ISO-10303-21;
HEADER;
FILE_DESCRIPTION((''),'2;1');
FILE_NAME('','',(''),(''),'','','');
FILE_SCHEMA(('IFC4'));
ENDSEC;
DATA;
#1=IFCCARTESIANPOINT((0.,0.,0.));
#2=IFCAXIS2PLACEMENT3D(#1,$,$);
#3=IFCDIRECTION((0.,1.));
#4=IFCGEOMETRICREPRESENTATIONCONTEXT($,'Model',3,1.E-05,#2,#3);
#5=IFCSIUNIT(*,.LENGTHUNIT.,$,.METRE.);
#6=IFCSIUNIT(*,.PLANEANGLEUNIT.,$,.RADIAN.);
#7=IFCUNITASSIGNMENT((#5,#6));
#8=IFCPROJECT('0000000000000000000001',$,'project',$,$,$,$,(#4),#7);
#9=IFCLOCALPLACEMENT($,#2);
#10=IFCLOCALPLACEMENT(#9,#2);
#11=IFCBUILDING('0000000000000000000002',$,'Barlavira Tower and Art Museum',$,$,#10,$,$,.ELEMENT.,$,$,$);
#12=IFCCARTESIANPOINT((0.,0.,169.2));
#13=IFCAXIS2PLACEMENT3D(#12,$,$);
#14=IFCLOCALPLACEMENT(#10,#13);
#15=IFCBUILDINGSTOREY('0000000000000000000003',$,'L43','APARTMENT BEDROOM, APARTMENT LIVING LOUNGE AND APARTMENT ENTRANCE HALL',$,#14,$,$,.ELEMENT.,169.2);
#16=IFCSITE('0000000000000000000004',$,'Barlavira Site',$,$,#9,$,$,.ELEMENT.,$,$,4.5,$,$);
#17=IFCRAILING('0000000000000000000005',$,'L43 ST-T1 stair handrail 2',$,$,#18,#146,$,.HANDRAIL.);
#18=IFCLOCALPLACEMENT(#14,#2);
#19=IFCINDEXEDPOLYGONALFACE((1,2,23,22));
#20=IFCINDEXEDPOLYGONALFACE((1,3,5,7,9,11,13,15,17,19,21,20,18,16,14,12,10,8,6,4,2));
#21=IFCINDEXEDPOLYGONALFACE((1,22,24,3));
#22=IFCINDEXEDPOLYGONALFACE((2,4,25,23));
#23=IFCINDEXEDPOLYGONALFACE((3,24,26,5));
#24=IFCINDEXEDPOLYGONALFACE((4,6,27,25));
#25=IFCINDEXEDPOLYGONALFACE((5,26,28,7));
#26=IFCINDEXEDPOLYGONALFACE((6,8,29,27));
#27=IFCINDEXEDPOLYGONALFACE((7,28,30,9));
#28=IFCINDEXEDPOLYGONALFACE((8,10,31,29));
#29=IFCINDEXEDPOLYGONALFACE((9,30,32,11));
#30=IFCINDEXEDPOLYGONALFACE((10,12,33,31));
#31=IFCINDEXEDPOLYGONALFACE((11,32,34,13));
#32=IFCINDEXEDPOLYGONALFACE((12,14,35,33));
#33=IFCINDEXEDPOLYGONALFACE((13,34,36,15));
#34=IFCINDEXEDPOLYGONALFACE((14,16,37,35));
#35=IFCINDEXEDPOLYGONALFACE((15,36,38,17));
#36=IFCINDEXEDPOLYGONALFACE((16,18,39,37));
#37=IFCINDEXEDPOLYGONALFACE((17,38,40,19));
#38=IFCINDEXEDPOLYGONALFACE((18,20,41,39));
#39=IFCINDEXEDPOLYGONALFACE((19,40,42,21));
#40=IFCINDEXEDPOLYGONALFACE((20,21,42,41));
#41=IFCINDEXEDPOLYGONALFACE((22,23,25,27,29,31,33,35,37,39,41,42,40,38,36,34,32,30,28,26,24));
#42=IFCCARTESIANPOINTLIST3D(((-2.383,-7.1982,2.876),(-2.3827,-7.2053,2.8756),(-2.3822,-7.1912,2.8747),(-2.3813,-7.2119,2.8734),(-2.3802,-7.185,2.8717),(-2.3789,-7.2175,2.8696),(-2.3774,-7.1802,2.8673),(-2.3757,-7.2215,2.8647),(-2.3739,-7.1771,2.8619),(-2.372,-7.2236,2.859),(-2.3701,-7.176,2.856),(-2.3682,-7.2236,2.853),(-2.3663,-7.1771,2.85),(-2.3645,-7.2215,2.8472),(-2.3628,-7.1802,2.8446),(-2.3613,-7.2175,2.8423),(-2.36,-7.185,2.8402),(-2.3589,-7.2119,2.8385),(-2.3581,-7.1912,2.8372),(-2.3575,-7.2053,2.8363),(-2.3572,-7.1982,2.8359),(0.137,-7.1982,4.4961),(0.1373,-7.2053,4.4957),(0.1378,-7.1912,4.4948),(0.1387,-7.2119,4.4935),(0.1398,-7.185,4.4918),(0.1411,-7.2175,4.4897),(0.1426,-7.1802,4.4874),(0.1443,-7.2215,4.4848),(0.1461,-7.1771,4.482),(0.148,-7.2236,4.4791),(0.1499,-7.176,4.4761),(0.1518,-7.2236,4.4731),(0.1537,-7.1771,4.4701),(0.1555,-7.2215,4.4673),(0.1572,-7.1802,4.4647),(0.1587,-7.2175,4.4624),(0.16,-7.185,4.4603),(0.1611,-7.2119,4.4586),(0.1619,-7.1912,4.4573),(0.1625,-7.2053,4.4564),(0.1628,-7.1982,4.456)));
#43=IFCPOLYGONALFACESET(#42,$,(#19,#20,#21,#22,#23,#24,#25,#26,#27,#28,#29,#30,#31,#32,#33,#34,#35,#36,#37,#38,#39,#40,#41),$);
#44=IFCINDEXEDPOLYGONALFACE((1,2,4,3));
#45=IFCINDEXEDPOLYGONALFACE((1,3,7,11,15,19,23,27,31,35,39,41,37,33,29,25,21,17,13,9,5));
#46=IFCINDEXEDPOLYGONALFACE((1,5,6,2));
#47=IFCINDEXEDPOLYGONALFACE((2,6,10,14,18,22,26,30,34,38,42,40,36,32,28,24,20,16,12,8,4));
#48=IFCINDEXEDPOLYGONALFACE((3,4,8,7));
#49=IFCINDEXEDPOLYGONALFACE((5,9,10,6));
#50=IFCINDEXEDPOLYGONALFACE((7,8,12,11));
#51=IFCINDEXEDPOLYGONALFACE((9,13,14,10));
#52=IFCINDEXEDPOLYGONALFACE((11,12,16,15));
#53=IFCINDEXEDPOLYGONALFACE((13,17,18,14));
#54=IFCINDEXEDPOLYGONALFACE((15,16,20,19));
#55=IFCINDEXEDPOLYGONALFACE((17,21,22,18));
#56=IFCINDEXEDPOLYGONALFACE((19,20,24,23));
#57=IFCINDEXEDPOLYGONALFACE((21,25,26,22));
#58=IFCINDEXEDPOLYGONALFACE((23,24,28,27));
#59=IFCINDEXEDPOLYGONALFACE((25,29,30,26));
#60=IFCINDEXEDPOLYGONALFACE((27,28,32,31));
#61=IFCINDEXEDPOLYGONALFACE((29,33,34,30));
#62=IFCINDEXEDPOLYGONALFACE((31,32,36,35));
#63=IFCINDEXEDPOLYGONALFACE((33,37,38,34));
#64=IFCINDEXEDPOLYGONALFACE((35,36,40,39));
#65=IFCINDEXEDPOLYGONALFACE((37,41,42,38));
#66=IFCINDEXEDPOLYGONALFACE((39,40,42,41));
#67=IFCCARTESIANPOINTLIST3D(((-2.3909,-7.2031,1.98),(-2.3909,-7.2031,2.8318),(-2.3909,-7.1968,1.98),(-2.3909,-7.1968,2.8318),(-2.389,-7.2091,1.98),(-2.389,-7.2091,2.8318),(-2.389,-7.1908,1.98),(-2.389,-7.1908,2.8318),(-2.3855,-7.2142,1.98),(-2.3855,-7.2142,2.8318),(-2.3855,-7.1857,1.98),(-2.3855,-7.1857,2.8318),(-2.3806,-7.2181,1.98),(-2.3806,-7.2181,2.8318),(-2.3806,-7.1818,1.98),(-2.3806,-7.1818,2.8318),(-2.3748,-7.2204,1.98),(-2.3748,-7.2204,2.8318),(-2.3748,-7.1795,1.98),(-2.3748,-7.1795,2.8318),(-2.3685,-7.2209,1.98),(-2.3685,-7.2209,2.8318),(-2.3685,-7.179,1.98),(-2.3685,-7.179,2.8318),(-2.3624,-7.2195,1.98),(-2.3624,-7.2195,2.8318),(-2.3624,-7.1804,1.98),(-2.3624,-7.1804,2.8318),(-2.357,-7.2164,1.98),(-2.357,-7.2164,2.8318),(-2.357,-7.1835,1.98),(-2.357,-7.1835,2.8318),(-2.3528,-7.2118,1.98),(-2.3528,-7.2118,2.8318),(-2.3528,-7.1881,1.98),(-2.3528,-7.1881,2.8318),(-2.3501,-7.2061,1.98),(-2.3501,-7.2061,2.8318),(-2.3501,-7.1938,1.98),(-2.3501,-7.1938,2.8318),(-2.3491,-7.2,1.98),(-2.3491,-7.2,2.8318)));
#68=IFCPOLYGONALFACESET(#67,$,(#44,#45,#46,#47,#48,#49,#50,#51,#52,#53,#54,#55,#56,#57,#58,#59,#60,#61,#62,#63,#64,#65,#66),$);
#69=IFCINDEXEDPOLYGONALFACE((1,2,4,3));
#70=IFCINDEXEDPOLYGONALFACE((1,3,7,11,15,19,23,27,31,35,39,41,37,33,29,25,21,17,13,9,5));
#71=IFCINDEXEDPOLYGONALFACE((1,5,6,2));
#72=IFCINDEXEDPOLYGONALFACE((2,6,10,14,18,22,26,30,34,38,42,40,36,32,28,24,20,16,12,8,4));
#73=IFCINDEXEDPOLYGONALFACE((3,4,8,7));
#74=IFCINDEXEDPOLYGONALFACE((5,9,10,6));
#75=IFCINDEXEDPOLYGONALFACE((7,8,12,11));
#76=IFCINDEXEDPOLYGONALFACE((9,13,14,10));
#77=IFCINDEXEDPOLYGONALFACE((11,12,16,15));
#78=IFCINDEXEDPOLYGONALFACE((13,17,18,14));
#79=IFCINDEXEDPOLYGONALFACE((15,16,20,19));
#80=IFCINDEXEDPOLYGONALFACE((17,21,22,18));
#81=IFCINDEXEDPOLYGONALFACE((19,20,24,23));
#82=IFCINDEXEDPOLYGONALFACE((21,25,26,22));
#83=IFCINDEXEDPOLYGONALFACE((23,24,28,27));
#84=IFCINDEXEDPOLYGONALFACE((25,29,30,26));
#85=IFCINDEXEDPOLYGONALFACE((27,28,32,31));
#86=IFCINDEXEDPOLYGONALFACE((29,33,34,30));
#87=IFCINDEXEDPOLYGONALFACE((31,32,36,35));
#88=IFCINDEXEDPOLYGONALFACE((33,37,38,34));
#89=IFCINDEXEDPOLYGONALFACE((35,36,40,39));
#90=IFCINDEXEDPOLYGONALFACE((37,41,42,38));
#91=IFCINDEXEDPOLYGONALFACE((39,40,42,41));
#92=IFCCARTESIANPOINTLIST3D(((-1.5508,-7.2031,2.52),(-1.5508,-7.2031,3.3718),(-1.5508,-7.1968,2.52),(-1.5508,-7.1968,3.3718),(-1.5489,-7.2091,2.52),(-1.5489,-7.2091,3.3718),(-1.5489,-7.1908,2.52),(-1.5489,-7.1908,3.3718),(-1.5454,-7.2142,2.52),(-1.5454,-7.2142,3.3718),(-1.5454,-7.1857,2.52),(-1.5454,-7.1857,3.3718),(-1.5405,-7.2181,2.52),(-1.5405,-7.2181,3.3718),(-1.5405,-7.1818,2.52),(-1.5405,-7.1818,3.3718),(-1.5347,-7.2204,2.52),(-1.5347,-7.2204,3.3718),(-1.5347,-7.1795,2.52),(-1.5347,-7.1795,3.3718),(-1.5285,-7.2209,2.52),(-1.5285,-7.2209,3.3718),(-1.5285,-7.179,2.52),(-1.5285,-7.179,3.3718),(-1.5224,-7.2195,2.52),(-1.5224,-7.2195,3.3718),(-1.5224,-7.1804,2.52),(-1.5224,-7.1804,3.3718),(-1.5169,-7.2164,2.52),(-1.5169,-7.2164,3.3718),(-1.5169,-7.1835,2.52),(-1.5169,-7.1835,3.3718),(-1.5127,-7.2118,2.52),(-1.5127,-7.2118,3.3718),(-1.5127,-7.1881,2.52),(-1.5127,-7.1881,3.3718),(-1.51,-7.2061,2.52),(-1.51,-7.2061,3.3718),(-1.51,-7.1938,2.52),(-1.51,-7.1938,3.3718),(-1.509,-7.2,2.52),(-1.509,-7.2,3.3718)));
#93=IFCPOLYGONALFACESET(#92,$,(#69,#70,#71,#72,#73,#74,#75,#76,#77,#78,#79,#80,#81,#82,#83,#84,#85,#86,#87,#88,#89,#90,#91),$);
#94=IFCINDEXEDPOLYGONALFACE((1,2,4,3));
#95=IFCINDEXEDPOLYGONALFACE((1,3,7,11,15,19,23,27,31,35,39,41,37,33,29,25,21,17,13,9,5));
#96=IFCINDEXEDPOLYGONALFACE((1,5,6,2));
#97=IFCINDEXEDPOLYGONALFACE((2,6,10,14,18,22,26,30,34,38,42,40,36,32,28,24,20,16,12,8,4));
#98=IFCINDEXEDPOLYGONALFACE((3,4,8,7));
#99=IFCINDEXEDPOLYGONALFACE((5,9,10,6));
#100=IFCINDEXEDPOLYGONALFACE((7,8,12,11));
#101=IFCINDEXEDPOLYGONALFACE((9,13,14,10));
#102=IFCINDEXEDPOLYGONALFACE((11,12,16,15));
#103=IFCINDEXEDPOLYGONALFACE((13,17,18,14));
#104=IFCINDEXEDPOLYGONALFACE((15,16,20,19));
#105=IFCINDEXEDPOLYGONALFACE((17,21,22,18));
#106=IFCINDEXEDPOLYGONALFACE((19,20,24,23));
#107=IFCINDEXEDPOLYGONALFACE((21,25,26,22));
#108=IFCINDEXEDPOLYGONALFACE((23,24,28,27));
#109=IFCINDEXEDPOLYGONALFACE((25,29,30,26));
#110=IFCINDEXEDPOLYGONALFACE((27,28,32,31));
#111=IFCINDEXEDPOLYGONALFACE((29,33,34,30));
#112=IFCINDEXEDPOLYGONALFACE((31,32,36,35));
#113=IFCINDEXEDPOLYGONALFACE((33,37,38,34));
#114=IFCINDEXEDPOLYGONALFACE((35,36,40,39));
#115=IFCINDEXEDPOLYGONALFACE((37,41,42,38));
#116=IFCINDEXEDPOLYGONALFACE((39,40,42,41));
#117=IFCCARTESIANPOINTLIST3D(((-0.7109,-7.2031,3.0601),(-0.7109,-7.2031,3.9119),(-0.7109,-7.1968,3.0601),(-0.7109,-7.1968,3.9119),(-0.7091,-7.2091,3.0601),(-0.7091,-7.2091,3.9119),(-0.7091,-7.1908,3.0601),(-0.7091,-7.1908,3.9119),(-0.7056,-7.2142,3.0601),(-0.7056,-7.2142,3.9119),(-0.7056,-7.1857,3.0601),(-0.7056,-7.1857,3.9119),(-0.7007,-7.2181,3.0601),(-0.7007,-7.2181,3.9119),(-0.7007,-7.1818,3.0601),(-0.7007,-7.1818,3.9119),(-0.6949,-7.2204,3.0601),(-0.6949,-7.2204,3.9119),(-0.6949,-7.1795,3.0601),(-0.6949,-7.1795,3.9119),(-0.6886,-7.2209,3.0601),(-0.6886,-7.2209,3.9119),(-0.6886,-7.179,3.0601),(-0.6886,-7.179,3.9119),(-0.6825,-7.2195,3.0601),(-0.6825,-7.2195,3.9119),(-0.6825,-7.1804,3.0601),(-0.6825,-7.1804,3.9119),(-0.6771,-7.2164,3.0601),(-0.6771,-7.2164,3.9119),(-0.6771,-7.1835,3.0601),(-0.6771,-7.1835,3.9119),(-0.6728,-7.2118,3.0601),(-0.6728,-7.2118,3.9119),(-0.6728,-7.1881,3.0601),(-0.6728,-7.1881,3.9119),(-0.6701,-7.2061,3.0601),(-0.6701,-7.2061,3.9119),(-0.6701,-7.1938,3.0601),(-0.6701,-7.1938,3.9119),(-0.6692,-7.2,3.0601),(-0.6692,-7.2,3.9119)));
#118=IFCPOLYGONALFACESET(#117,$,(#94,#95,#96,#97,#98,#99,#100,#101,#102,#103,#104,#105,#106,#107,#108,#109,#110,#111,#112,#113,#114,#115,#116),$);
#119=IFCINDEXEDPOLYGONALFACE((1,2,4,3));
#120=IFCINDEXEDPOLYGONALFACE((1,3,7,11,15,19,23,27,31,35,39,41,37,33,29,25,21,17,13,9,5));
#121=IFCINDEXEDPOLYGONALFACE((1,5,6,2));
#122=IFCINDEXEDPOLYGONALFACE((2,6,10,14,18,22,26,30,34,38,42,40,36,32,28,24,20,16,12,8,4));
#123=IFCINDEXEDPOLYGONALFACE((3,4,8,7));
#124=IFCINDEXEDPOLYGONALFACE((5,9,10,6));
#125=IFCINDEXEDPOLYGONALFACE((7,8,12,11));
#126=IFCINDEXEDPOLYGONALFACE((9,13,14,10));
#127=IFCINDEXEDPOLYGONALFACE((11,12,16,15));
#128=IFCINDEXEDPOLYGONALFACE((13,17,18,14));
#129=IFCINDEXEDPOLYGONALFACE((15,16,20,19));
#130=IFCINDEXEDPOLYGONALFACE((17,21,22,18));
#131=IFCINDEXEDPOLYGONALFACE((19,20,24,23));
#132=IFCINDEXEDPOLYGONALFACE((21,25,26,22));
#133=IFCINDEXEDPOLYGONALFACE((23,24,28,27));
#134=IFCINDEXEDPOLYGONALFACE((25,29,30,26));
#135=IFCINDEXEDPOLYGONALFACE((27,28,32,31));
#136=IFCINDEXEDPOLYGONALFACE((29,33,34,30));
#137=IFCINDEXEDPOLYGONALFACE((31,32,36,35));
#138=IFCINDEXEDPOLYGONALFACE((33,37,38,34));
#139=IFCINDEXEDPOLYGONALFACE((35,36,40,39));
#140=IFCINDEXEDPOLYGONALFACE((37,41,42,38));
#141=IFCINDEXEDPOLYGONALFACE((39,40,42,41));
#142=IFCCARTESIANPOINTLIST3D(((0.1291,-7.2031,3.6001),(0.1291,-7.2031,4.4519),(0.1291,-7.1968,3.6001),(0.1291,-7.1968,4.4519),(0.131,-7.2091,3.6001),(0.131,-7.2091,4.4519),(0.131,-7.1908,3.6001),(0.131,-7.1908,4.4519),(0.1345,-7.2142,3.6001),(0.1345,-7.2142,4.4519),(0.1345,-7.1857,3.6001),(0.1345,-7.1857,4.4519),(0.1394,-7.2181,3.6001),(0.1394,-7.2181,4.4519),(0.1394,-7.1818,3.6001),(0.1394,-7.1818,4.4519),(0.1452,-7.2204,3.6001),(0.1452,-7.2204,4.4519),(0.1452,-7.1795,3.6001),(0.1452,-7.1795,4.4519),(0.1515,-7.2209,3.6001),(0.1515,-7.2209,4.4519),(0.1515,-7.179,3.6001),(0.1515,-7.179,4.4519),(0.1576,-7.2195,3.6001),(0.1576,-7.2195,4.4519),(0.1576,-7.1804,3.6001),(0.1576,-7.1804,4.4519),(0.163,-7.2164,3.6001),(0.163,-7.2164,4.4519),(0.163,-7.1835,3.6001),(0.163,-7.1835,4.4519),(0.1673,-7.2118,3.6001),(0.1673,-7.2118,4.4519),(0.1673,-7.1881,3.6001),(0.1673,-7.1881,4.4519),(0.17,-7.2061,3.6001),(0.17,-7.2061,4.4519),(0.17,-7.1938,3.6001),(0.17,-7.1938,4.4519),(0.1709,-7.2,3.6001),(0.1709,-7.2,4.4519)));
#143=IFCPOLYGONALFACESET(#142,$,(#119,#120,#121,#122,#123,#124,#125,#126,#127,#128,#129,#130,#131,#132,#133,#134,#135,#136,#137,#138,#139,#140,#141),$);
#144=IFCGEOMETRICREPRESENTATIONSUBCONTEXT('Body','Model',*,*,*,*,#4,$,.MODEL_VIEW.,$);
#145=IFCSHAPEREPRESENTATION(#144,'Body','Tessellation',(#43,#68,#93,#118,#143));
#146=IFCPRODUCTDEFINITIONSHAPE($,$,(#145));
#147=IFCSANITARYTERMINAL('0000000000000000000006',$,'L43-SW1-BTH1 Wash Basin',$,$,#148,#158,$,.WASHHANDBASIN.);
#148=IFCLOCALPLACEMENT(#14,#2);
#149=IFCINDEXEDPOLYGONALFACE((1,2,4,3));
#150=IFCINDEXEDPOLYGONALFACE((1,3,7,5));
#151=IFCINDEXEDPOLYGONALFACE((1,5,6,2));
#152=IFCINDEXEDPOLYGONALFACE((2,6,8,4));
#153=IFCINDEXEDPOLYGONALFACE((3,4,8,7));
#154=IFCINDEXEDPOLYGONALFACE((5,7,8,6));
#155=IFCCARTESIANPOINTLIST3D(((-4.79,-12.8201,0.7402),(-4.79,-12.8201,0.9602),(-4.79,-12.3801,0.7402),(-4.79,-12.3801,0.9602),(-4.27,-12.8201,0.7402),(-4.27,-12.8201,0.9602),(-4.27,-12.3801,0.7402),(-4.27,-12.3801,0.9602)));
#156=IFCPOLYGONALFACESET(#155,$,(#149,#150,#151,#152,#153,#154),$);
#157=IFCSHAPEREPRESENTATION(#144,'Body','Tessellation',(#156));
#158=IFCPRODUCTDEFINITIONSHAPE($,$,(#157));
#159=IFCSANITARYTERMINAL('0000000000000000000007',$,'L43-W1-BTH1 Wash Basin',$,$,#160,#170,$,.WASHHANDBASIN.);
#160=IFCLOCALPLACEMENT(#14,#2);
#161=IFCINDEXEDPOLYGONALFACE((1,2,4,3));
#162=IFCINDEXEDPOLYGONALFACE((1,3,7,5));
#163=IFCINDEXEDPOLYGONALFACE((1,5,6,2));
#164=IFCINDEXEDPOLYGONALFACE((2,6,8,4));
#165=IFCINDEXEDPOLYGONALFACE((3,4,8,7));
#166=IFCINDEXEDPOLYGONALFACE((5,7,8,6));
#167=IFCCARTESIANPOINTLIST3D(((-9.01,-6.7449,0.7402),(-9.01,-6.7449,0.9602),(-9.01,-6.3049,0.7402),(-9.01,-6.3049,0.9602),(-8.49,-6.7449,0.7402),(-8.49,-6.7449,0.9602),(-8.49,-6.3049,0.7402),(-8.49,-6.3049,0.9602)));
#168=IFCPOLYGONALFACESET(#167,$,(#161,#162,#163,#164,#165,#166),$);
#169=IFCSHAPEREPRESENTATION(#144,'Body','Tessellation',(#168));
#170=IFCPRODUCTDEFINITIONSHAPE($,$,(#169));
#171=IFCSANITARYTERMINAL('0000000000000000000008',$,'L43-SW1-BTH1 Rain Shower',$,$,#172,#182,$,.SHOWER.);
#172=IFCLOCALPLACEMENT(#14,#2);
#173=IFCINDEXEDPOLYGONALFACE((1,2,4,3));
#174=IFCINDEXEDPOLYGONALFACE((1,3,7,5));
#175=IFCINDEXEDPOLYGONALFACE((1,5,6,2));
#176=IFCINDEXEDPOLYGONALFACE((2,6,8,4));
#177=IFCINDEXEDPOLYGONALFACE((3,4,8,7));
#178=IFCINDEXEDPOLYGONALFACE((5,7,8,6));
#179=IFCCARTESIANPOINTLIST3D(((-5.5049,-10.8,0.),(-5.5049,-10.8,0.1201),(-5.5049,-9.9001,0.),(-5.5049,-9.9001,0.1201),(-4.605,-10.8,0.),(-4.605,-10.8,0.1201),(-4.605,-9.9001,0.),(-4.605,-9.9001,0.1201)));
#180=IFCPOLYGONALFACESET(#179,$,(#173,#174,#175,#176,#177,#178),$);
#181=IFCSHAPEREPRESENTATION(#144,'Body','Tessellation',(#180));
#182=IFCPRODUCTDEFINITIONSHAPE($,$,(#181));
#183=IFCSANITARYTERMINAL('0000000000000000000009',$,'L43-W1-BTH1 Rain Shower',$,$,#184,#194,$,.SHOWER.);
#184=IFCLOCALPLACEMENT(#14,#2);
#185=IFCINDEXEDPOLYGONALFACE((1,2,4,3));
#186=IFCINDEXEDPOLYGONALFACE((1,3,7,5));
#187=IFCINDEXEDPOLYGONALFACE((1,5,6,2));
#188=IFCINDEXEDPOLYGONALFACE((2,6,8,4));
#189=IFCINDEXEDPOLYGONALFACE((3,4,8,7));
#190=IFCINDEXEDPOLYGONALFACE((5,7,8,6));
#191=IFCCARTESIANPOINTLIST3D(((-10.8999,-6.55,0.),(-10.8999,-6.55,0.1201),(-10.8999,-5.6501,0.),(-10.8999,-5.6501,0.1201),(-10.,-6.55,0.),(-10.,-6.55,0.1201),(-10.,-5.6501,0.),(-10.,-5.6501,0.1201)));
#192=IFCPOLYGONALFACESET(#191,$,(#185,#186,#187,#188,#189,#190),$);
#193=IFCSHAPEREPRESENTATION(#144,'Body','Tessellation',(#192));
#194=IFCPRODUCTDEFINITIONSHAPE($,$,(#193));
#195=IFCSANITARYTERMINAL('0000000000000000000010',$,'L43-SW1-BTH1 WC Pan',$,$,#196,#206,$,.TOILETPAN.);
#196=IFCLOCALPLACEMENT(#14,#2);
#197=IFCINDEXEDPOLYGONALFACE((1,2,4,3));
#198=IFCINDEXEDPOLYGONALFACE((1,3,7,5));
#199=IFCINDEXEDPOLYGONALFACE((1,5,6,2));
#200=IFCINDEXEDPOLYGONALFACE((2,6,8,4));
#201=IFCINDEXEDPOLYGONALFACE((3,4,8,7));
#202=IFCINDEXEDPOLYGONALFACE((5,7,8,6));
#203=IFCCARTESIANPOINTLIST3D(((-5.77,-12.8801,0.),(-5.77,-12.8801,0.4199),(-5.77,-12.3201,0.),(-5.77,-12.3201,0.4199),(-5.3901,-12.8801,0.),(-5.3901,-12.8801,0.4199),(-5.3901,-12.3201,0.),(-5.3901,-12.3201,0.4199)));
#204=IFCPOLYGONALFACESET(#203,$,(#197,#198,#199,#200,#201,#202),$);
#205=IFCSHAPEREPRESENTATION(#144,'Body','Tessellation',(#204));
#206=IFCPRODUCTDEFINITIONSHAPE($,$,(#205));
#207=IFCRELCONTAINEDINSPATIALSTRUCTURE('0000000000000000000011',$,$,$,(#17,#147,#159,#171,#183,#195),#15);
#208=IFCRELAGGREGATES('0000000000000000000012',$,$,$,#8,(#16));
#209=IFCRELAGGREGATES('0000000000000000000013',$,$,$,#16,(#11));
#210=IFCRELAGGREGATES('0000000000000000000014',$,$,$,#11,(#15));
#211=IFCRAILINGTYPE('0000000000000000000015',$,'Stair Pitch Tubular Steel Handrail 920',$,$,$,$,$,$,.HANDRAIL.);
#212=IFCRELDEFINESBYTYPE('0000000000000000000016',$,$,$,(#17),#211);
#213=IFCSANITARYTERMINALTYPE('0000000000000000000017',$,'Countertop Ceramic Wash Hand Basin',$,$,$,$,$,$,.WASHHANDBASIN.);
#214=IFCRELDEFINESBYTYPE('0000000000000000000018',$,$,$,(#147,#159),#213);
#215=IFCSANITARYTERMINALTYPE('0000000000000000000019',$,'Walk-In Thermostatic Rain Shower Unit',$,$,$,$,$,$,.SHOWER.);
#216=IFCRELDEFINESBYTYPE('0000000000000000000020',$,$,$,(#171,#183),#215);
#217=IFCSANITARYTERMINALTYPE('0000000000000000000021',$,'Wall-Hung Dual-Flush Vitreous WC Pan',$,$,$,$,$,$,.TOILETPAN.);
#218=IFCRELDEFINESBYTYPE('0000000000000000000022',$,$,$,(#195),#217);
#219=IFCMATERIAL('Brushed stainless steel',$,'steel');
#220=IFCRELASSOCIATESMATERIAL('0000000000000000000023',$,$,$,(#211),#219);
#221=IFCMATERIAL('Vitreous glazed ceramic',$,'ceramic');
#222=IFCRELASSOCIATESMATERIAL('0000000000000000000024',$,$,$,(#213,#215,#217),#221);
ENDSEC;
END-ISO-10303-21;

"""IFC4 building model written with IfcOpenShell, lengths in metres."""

from ifc_helpers import new_model, si_unit, direction, frame, origin, origin_2d, place, context, subcontext, project, spatial, rectangle, circle, extrude, material, type_object, element, save


model = new_model("IFC4")

# Units and contexts
model_context = context("Model", 3, precision=1e-05, world=origin(), true_north=direction((0.0, 1.0)))
body_context = subcontext(model_context, "Body", "Model", "MODEL_VIEW")
ifc_project = project(units=[si_unit("LENGTHUNIT", "METRE"), si_unit("PLANEANGLEUNIT", "RADIAN")], contexts=[model_context])

# Site, building, storey
site_placement = place(None, origin())
site = spatial("IfcSite", under=ifc_project, at=site_placement, Name="Barlavira Site", CompositionType="ELEMENT", RefElevation=4.5)
building_placement = place(site_placement, origin())
building = spatial("IfcBuilding", under=site, at=building_placement, Name="Barlavira Tower and Art Museum", CompositionType="ELEMENT")
storey_placement = place(building_placement, frame((0.0, 0.0, 169.2)))
storey = spatial("IfcBuildingStorey", under=building, at=storey_placement, Name="L43", Description="APARTMENT BEDROOM, APARTMENT LIVING LOUNGE AND APARTMENT ENTRANCE HALL", CompositionType="ELEMENT", Elevation=169.2)

# Shared definitions
ifc_material_1 = material(Name="Brushed stainless steel", Category="steel")

# Railing
railing_type_1 = type_object("IfcRailingType", Name="Stair Pitch Tubular Steel Handrail 920", PredefinedType="HANDRAIL", material=ifc_material_1)
railing_1_placement = place(storey_placement, frame((-2.3701, -7.2, 1.98)))
element("IfcRailing", 1, at=railing_1_placement, inside=storey, type_object=railing_type_1, Name="L43 ST-T1 stair handrail 2", PredefinedType="HANDRAIL", context=body_context, shape_type="SweptSolid", body=[
    extrude(circle(Radius=0.0239, at=origin_2d()), frame((0.0, 0.0, 0.876), z_axis=(0.841163, 0.0, 0.540782), x_axis=(0.0, 1.0, 0.0)), (0.0, 0.0, 1.0), 2.9958),
    extrude(circle(Radius=0.021, at=origin_2d()), origin(), (0.0, 0.0, 1.0), 0.8518),
    extrude(circle(Radius=0.021, at=origin_2d()), frame((0.8401, 0.0, 0.54)), (0.0, 0.0, 1.0), 0.8518),
    extrude(circle(Radius=0.021, at=origin_2d()), frame((1.6799, 0.0, 1.0801)), (0.0, 0.0, 1.0), 0.8518),
    extrude(circle(Radius=0.021, at=origin_2d()), frame((2.52, 0.0, 1.6201)), (0.0, 0.0, 1.0), 0.8518),
])

# Sanitary terminals
ifc_material_2 = material(Name="Vitreous glazed ceramic", Category="ceramic")
sanitary_terminal_type_1 = type_object("IfcSanitaryTerminalType", Name="Countertop Ceramic Wash Hand Basin", PredefinedType="WASHHANDBASIN", material=ifc_material_2)
for number, where, z_axis, x_axis, name in (
    (2, (-4.53, -12.6001, 0.7402), (0.0, 0.0, 1.0), (1.0, 0.0, 0.0), "L43-SW1-BTH1 Wash Basin"),
    (3, (-8.75, -6.5249, 0.7402), (0.0, 0.0, 1.0), (1.0, 0.0, 0.0), "L43-W1-BTH1 Wash Basin"),
):
    element("IfcSanitaryTerminal", number, at=place(storey_placement, frame(where, z_axis=z_axis, x_axis=x_axis)), inside=storey, type_object=sanitary_terminal_type_1, Name=name, PredefinedType="WASHHANDBASIN", context=body_context, shape_type="SweptSolid", body=[
        extrude(rectangle(XDim=0.52, YDim=0.4399, at=origin_2d()), origin(), (0.0, 0.0, 1.0), 0.22),
    ])
sanitary_terminal_type_2 = type_object("IfcSanitaryTerminalType", Name="Walk-In Thermostatic Rain Shower Unit", PredefinedType="SHOWER", material=ifc_material_2)
for number, where, z_axis, x_axis, name in (
    (4, (-5.0549, -10.3501, 0.0), (0.0, 0.0, 1.0), (1.0, 0.0, 0.0), "L43-SW1-BTH1 Rain Shower"),
    (5, (-10.45, -6.1001, 0.0), (0.0, 0.0, 1.0), (1.0, 0.0, 0.0), "L43-W1-BTH1 Rain Shower"),
):
    element("IfcSanitaryTerminal", number, at=place(storey_placement, frame(where, z_axis=z_axis, x_axis=x_axis)), inside=storey, type_object=sanitary_terminal_type_2, Name=name, PredefinedType="SHOWER", context=body_context, shape_type="SweptSolid", body=[
        extrude(rectangle(XDim=0.8999, YDim=0.8999, at=origin_2d()), origin(), (0.0, 0.0, 1.0), 0.1201),
    ])
sanitary_terminal_type_3 = type_object("IfcSanitaryTerminalType", Name="Wall-Hung Dual-Flush Vitreous WC Pan", PredefinedType="TOILETPAN", material=ifc_material_2)
sanitary_terminal_placement = place(storey_placement, frame((-5.5801, -12.6001, 0.0), z_axis=(0.0, 0.0, 1.0), x_axis=(1.0, 0.0, 0.0)))
element("IfcSanitaryTerminal", 6, at=sanitary_terminal_placement, inside=storey, type_object=sanitary_terminal_type_3, Name="L43-SW1-BTH1 WC Pan", PredefinedType="TOILETPAN", context=body_context, shape_type="SweptSolid", body=[
    extrude(rectangle(XDim=0.3799, YDim=0.5601, at=origin_2d()), origin(), (0.0, 0.0, 1.0), 0.4199),
])

save(model, "model.ifc")
